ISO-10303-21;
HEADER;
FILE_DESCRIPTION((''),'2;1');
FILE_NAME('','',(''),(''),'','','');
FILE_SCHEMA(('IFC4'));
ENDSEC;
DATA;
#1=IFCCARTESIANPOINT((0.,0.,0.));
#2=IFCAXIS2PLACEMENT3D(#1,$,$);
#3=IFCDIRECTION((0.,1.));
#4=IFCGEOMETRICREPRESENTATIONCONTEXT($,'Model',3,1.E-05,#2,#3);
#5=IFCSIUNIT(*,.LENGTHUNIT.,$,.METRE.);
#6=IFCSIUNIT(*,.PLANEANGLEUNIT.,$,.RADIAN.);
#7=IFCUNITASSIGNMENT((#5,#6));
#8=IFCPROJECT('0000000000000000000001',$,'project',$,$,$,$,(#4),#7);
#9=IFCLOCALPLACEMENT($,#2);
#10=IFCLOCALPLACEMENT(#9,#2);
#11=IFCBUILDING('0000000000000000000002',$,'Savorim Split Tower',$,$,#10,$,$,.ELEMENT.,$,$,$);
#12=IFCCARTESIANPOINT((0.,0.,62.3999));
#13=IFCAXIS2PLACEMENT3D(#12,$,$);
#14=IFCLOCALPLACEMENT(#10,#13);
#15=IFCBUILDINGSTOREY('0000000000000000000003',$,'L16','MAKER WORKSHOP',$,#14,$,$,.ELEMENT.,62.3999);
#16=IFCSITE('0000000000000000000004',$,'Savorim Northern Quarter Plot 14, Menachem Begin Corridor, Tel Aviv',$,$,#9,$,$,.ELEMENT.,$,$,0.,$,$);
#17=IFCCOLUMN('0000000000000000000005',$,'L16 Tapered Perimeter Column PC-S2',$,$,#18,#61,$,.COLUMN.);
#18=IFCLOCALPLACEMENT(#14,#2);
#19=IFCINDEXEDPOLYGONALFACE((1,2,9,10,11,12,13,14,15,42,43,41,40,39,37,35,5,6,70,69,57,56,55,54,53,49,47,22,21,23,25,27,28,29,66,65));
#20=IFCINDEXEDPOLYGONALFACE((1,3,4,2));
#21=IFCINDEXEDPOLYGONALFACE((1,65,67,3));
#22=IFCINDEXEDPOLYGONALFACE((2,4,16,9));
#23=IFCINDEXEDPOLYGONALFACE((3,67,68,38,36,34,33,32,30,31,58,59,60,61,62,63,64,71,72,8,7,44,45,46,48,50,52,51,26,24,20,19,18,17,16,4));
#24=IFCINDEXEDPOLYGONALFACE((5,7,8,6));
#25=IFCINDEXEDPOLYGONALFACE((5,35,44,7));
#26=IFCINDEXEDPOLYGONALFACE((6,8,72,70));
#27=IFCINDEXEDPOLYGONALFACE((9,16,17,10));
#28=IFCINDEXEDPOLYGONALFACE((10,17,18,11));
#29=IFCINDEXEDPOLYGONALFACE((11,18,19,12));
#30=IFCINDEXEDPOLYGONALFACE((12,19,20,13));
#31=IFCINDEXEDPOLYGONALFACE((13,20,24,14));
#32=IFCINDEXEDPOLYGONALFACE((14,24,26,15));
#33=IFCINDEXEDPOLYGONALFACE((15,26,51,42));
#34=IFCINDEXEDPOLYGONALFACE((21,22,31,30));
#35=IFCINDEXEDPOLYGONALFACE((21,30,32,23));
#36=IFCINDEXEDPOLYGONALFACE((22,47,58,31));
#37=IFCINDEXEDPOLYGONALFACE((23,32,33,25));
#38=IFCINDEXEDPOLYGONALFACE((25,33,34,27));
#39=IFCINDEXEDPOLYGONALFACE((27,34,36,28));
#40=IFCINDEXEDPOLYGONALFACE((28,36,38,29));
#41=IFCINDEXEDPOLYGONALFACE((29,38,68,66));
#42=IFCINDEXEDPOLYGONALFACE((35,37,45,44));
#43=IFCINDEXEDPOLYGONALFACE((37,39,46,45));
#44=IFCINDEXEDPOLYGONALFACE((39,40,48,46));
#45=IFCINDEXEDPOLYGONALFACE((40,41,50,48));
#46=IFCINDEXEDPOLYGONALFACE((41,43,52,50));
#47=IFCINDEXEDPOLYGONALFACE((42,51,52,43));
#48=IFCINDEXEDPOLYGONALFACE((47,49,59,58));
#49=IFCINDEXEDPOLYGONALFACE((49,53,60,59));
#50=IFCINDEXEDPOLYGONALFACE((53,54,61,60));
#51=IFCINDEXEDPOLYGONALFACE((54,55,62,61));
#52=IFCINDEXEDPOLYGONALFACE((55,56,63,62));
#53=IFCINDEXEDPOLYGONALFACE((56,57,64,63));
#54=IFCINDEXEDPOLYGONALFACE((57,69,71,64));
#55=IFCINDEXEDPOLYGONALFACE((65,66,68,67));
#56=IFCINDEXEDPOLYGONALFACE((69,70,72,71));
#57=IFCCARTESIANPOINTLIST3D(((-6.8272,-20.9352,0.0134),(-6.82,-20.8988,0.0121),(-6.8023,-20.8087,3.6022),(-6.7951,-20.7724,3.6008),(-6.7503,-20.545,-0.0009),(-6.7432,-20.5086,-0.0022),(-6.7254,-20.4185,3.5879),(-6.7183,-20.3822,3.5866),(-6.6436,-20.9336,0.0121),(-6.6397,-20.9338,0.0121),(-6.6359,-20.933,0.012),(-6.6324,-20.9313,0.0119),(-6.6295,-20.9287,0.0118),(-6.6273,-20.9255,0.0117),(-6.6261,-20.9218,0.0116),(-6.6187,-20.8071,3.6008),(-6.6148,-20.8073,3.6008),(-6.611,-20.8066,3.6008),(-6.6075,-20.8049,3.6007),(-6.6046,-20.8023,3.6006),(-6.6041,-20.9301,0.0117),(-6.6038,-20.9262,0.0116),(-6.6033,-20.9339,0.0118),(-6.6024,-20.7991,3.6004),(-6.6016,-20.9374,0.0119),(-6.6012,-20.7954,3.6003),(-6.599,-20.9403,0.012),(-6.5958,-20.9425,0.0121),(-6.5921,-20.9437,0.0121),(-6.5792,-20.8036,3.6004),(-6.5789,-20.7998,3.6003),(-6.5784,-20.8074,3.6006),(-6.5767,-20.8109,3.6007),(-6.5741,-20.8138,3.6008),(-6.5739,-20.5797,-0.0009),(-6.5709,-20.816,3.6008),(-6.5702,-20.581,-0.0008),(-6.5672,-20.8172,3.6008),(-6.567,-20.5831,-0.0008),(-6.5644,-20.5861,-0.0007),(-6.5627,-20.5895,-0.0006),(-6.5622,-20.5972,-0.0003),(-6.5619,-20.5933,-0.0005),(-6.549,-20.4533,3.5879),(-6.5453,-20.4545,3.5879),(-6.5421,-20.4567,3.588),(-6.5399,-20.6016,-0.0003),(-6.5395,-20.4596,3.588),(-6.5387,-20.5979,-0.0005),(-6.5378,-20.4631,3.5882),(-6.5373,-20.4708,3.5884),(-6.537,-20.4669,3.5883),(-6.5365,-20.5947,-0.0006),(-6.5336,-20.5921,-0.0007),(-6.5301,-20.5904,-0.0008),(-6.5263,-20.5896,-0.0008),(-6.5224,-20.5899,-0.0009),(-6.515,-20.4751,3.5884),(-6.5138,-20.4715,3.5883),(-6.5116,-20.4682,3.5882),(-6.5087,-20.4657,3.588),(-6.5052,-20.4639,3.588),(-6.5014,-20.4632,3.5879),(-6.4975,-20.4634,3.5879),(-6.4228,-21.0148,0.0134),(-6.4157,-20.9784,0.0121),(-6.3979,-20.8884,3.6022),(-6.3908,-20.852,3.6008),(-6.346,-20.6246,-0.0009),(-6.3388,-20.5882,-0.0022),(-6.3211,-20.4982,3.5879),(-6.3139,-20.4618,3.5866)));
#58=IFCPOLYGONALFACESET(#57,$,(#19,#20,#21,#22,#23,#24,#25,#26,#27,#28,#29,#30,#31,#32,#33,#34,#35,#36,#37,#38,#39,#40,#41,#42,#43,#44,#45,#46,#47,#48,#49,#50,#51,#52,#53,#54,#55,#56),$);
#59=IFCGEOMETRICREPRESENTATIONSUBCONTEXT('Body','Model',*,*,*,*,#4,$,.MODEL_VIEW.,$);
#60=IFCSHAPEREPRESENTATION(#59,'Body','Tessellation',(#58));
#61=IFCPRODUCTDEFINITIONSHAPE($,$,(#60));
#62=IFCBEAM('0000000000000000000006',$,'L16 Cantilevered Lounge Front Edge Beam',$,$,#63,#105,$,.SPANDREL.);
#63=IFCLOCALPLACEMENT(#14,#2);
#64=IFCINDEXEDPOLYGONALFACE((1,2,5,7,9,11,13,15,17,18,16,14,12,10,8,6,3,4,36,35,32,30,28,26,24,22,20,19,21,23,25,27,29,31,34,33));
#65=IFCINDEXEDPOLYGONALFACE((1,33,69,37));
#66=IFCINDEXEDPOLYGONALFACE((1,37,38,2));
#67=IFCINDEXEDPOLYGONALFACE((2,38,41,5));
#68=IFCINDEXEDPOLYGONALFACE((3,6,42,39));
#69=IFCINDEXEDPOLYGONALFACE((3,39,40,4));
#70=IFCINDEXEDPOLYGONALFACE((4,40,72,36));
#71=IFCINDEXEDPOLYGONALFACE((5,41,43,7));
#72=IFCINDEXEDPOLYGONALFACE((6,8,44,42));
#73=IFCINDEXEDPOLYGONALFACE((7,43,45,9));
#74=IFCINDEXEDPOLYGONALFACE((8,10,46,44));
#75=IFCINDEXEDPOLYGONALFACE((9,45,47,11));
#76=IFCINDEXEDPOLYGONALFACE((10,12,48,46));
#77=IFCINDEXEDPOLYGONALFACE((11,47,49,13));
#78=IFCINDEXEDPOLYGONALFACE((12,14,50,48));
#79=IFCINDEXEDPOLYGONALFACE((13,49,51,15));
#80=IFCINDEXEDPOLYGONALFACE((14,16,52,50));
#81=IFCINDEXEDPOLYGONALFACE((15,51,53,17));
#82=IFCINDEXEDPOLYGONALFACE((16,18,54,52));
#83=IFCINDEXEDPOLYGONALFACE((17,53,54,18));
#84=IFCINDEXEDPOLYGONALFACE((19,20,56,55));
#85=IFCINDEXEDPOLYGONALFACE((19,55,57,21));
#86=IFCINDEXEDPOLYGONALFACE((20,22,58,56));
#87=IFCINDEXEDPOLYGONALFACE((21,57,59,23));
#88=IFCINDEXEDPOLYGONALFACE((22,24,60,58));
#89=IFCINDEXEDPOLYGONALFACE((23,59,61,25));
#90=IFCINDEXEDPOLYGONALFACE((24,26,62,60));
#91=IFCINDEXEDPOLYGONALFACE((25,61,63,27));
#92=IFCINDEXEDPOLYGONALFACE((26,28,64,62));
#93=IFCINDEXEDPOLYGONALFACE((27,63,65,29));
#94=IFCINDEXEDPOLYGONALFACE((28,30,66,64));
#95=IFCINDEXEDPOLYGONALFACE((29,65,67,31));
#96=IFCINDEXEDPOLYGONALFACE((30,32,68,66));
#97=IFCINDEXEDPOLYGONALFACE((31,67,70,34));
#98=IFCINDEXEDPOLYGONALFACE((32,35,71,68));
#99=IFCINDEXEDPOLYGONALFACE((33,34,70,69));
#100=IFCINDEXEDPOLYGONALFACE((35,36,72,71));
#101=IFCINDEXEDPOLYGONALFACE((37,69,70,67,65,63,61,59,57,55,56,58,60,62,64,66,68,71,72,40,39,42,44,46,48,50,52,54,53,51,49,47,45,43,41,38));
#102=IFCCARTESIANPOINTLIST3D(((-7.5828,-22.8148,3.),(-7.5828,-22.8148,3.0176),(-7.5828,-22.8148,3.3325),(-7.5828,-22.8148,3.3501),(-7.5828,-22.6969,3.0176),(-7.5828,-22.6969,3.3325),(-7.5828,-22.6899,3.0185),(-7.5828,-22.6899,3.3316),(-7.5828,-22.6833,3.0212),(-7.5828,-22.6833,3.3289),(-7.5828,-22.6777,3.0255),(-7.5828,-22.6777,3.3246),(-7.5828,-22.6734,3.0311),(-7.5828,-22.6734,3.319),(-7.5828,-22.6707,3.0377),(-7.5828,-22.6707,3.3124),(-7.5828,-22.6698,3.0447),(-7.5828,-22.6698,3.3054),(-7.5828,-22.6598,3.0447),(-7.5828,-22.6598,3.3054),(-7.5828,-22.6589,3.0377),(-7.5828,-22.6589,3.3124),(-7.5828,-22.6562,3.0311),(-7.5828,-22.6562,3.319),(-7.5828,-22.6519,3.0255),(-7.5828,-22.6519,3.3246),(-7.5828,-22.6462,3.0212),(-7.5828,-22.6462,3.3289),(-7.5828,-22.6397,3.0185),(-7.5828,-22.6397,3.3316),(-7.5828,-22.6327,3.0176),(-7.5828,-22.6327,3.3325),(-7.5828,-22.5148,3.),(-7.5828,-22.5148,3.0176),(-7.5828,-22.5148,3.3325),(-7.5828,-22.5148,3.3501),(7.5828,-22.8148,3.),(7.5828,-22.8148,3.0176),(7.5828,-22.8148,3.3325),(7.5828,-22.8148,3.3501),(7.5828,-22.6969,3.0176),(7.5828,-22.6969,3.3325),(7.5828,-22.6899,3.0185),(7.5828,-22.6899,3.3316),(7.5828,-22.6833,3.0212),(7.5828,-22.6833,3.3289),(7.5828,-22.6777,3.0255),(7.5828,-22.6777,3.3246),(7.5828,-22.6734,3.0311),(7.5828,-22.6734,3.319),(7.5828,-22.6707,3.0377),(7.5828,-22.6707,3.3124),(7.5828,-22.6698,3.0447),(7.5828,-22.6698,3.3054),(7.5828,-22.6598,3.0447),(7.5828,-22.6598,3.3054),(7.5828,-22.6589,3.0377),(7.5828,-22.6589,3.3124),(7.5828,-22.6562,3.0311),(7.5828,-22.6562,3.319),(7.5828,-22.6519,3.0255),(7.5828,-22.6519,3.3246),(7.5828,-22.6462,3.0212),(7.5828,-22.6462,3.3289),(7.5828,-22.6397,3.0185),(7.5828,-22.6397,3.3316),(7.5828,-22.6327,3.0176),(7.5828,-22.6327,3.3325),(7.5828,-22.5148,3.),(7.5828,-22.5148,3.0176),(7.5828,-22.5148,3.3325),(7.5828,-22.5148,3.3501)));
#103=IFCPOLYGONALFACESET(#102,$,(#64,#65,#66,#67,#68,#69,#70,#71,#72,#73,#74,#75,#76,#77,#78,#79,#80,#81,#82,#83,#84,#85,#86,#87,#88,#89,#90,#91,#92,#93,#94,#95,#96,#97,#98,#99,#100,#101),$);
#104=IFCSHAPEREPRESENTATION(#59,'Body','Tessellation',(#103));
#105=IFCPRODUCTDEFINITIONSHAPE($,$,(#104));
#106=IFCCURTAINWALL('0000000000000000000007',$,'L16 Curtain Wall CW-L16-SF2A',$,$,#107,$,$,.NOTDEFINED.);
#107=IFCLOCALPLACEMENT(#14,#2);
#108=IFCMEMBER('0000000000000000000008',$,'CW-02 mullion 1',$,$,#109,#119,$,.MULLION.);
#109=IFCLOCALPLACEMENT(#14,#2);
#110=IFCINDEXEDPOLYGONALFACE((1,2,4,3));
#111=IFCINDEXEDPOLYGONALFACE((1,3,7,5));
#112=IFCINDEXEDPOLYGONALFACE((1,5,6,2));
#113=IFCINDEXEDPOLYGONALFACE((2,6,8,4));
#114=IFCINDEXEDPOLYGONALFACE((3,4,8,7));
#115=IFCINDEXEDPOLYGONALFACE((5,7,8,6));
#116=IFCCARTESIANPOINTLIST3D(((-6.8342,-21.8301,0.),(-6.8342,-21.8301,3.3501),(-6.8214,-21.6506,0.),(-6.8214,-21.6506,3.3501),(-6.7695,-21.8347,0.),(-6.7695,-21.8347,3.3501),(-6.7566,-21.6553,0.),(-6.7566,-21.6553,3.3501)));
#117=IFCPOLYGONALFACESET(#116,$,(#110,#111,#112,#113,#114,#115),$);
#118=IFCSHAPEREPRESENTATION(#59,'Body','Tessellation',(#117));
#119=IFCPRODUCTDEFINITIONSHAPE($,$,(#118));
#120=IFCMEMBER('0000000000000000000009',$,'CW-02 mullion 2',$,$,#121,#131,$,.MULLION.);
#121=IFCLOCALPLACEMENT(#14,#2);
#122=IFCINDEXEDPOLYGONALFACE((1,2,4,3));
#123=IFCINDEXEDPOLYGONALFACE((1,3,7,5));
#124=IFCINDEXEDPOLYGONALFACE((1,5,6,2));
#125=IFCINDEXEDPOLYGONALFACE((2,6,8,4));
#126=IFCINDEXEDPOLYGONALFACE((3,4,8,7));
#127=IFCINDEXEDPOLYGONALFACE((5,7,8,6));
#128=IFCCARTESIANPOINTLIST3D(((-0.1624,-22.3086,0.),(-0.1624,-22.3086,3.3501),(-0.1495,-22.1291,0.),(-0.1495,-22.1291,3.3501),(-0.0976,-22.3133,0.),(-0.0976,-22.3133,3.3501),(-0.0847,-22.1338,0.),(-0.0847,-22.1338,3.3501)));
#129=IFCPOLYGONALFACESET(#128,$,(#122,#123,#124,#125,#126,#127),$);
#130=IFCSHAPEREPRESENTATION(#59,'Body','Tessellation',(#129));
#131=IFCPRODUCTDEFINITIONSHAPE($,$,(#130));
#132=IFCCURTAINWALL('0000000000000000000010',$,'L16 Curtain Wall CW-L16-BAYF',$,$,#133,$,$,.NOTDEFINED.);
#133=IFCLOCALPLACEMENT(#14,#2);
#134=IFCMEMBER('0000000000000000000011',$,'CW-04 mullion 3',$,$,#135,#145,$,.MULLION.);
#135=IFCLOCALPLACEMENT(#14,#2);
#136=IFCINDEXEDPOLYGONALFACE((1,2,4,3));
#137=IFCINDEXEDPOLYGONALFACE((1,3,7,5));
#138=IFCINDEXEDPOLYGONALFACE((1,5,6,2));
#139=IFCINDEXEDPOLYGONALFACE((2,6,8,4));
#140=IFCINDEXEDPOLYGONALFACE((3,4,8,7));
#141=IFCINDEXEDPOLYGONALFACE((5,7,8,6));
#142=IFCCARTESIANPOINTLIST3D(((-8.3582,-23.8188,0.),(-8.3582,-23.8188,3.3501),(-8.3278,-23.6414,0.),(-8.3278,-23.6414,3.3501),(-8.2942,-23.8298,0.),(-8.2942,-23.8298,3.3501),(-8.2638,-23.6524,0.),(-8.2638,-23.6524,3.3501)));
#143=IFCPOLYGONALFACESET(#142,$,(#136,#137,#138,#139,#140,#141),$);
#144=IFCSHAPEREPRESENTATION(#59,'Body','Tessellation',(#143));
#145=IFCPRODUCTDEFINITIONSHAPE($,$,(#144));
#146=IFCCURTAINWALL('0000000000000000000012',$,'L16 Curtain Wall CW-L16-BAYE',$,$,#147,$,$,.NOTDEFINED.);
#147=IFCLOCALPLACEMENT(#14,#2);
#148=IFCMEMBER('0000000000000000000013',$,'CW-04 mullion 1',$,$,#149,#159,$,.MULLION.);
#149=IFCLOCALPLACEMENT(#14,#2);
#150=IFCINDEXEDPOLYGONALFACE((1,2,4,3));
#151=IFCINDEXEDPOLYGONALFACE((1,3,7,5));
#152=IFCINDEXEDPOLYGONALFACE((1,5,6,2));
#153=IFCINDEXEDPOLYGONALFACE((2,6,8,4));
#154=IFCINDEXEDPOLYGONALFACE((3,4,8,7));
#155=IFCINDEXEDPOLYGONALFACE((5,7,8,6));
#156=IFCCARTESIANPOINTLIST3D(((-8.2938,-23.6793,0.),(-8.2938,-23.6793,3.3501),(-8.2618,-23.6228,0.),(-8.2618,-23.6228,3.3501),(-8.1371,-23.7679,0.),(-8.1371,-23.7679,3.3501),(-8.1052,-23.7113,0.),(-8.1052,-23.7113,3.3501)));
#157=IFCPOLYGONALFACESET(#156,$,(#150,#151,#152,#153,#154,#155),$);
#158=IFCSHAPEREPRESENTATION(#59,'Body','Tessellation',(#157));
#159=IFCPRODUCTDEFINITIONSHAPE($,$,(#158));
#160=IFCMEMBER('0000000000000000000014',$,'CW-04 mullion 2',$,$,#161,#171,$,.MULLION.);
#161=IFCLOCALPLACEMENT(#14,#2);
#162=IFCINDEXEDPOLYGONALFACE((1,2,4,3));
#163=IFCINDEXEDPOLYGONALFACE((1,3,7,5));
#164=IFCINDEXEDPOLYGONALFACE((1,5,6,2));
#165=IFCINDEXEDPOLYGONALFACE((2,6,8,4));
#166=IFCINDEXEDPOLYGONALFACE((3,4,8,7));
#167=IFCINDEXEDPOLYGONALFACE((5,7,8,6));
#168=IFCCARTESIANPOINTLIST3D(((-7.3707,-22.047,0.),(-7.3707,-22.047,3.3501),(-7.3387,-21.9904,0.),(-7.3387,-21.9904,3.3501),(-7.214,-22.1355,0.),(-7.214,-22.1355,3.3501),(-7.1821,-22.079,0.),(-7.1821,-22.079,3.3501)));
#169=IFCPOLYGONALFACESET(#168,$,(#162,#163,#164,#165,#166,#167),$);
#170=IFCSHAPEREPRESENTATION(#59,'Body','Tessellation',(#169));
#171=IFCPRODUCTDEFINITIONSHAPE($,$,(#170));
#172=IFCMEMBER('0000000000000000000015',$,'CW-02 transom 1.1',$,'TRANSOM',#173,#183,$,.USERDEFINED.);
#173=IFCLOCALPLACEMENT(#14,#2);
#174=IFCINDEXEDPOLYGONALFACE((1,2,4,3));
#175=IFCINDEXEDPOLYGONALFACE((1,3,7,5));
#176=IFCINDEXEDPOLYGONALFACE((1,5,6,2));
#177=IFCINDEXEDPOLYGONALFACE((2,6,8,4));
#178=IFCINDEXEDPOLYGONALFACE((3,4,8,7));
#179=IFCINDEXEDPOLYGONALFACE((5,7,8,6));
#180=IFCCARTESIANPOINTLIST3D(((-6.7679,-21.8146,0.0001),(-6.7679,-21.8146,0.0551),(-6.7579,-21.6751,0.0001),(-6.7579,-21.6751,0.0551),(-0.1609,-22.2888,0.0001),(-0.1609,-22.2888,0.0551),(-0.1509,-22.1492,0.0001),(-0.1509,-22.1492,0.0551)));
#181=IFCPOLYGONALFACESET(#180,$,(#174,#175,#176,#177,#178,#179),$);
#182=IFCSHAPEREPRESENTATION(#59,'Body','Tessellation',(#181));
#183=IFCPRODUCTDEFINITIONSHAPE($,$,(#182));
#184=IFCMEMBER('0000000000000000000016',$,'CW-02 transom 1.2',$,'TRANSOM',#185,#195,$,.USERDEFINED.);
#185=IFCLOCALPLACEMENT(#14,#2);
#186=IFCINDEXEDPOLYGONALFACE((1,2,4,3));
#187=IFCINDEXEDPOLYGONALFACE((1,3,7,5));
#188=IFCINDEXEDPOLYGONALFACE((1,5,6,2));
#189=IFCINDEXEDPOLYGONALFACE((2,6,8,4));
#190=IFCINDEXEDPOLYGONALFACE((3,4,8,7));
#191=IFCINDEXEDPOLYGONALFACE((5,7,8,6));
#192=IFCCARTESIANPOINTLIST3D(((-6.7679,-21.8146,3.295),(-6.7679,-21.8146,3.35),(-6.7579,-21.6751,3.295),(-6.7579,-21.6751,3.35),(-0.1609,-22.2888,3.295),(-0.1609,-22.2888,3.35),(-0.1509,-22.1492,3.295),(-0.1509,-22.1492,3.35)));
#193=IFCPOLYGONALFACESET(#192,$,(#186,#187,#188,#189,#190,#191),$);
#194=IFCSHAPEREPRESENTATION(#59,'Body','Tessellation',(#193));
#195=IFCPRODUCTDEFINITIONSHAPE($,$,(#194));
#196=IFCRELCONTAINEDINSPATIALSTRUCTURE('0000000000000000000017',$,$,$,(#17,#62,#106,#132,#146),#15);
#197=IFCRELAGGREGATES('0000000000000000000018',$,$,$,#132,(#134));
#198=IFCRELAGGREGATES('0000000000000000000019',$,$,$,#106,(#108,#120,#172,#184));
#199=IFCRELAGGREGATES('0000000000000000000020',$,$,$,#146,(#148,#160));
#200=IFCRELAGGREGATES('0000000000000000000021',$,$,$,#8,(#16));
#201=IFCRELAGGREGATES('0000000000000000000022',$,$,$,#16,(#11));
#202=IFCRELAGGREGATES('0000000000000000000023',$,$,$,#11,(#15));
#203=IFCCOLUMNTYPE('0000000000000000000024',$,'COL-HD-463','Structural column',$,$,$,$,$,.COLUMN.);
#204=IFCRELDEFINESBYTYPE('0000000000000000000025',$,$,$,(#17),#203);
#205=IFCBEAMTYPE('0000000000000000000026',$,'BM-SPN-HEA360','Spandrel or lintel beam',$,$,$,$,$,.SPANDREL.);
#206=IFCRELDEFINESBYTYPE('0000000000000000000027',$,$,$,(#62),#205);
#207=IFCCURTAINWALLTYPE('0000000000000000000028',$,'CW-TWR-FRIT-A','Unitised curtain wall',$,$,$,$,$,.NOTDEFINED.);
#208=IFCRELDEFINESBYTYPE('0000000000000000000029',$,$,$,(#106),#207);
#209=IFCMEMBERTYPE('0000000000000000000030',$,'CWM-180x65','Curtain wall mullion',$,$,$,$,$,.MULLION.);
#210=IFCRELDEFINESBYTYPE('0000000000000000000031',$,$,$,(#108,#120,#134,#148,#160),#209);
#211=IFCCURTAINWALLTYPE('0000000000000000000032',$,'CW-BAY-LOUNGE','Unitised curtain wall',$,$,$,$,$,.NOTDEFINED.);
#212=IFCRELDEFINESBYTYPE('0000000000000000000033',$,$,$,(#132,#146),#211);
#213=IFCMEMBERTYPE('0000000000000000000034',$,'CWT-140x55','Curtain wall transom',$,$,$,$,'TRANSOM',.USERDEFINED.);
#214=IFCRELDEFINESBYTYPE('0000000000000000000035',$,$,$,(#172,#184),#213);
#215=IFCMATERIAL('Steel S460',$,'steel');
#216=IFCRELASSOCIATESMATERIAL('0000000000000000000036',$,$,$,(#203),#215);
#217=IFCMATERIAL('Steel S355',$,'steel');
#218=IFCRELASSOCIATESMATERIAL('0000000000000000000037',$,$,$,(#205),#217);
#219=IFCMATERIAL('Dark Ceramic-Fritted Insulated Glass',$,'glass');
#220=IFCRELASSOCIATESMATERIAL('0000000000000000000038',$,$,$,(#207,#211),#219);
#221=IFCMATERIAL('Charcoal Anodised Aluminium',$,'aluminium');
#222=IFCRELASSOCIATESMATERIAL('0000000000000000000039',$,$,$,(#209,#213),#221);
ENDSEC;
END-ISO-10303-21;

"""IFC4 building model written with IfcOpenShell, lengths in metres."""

from ifc_helpers import new_model, si_unit, direction, frame, origin, origin_2d, place, context, subcontext, project, spatial, rectangle, i_section, extrude, material, material_profile, profile_set, type_object, element, aggregate, save


model = new_model("IFC4")

# Units and contexts
model_context = context("Model", 3, precision=1e-05, world=origin(), true_north=direction((0.0, 1.0)))
body_context = subcontext(model_context, "Body", "Model", "MODEL_VIEW")
ifc_project = project(units=[si_unit("LENGTHUNIT", "METRE"), si_unit("PLANEANGLEUNIT", "RADIAN")], contexts=[model_context])

# Site, building, storey
site_placement = place(None, origin())
site = spatial("IfcSite", under=ifc_project, at=site_placement, Name="Savorim Northern Quarter Plot 14, Menachem Begin Corridor, Tel Aviv", CompositionType="ELEMENT", RefElevation=0.0)
building_placement = place(site_placement, origin())
building = spatial("IfcBuilding", under=site, at=building_placement, Name="Savorim Split Tower", CompositionType="ELEMENT")
storey_placement = place(building_placement, frame((0.0, 0.0, 62.3999)))
storey = spatial("IfcBuildingStorey", under=building, at=storey_placement, Name="L16", Description="MAKER WORKSHOP", CompositionType="ELEMENT", Elevation=62.3999)

# Column
ifc_material_1 = material(Name="Steel S460", Category="steel")
ifc_material_profile_1 = material_profile(ifc_material_1, i_section(OverallWidth=0.4121, OverallDepth=0.4351, WebThickness=0.0227, FlangeThickness=0.0371, FilletRadius=0.0149, at=origin_2d()), Name="HD 400x463")
ifc_profile_set_1 = profile_set([ifc_material_profile_1], Name="Steel S460")
column_type = type_object("IfcColumnType", Name="COL-HD-463", Description="Structural column", PredefinedType="COLUMN", material=ifc_profile_set_1)
column_placement = place(storey_placement, frame((-6.583, -20.7617, 0.0056), z_axis=(0.006934, 0.035215, 0.999356), x_axis=(-0.981159, 0.193201, 0.0)))
element("IfcColumn", 1, at=column_placement, inside=storey, type_object=column_type, Name="L16 Tapered Perimeter Column PC-S2", PredefinedType="COLUMN", context=body_context, shape_type="SweptSolid", body=[
    extrude(i_section(OverallWidth=0.4121, OverallDepth=0.4351, WebThickness=0.0227, FlangeThickness=0.0371, FilletRadius=0.0149, at=origin_2d()), origin(), (0.0, 0.0, 1.0), 3.5911),
])

# Beam
ifc_material_2 = material(Name="Steel S355", Category="steel")
ifc_material_profile_2 = material_profile(ifc_material_2, i_section(OverallWidth=0.3, OverallDepth=0.3501, WebThickness=0.01, FlangeThickness=0.0176, FilletRadius=0.0271, at=origin_2d()), Name="HEA 360")
ifc_profile_set_2 = profile_set([ifc_material_profile_2], Name="Steel S355")
beam_type = type_object("IfcBeamType", Name="BM-SPN-HEA360", Description="Spandrel or lintel beam", PredefinedType="SPANDREL", material=ifc_profile_set_2)
beam_placement = place(storey_placement, frame((-7.5828, -22.6648, 3.175), z_axis=(1.0, 0.0, 0.0), x_axis=(0.0, 1.0, 0.0)))
element("IfcBeam", 2, at=beam_placement, inside=storey, type_object=beam_type, Name="L16 Cantilevered Lounge Front Edge Beam", PredefinedType="SPANDREL", context=body_context, shape_type="SweptSolid", body=[
    extrude(i_section(OverallWidth=0.3, OverallDepth=0.3501, WebThickness=0.01, FlangeThickness=0.0176, FilletRadius=0.0271, at=origin_2d()), origin(), (0.0, 0.0, 1.0), 15.1655),
])

# Curtain wall, members
ifc_material_3 = material(Name="Dark Ceramic-Fritted Insulated Glass", Category="glass")
curtain_wall_type_1 = type_object("IfcCurtainWallType", Name="CW-TWR-FRIT-A", Description="Unitised curtain wall", PredefinedType="NOTDEFINED", material=ifc_material_3)
curtain_wall_1_placement = place(storey_placement, origin())
curtain_wall_1 = element("IfcCurtainWall", 3, at=curtain_wall_1_placement, inside=storey, type_object=curtain_wall_type_1, Name="L16 Curtain Wall CW-L16-SF2A", PredefinedType="NOTDEFINED")
ifc_material_4 = material(Name="Charcoal Anodised Aluminium", Category="aluminium")
ifc_material_profile_3 = material_profile(ifc_material_4, rectangle(XDim=0.1799, YDim=0.0649, at=origin_2d()), Name="ALU-M 180x65")
ifc_profile_set_3 = profile_set([ifc_material_profile_3], Name="Charcoal Anodised Aluminium")
member_type_1 = type_object("IfcMemberType", Name="CWM-180x65", Description="Curtain wall mullion", PredefinedType="MULLION", material=ifc_profile_set_3)
member_1_placement = place(storey_placement, frame((-6.7954, -21.7427, 0.0), z_axis=(0.0, 0.0, 1.0), x_axis=(0.071559, 0.997436, 0.0)))
member_1 = element("IfcMember", 4, at=member_1_placement, type_object=member_type_1, Name="CW-02 mullion 1", PredefinedType="MULLION", context=body_context, shape_type="SweptSolid", body=[
    extrude(rectangle(XDim=0.1799, YDim=0.0649, at=origin_2d()), origin(), (0.0, 0.0, 1.0), 3.3501),
])
member_2_placement = place(storey_placement, frame((-0.1235, -22.2212, 0.0), z_axis=(0.0, 0.0, 1.0), x_axis=(0.071559, 0.997436, 0.0)))
member_2 = element("IfcMember", 5, at=member_2_placement, type_object=member_type_1, Name="CW-02 mullion 2", PredefinedType="MULLION", context=body_context, shape_type="SweptSolid", body=[
    extrude(rectangle(XDim=0.1799, YDim=0.0649, at=origin_2d()), origin(), (0.0, 0.0, 1.0), 3.3501),
])

# Curtain wall, member
curtain_wall_type_2 = type_object("IfcCurtainWallType", Name="CW-BAY-LOUNGE", Description="Unitised curtain wall", PredefinedType="NOTDEFINED", material=ifc_material_3)
curtain_wall_2_placement = place(storey_placement, origin())
curtain_wall_2 = element("IfcCurtainWall", 6, at=curtain_wall_2_placement, inside=storey, type_object=curtain_wall_type_2, Name="L16 Curtain Wall CW-L16-BAYF", PredefinedType="NOTDEFINED")
member_3_placement = place(storey_placement, frame((-8.311, -23.7356, 0.0), z_axis=(0.0, 0.0, 1.0), x_axis=(0.168923, 0.985629, 0.0)))
member_3 = element("IfcMember", 7, at=member_3_placement, type_object=member_type_1, Name="CW-04 mullion 3", PredefinedType="MULLION", context=body_context, shape_type="SweptSolid", body=[
    extrude(rectangle(XDim=0.1799, YDim=0.0649, at=origin_2d()), origin(), (0.0, 0.0, 1.0), 3.3501),
])
aggregate(curtain_wall_2, [member_3])

# Curtain wall, members
curtain_wall_3_placement = place(storey_placement, origin())
curtain_wall_3 = element("IfcCurtainWall", 8, at=curtain_wall_3_placement, inside=storey, type_object=curtain_wall_type_2, Name="L16 Curtain Wall CW-L16-BAYE", PredefinedType="NOTDEFINED")
member_4_placement = place(storey_placement, frame((-8.1995, -23.6953, 0.0), z_axis=(0.0, 0.0, 1.0), x_axis=(-0.870449, 0.492259, 0.0)))
member_4 = element("IfcMember", 9, at=member_4_placement, type_object=member_type_1, Name="CW-04 mullion 1", PredefinedType="MULLION", context=body_context, shape_type="SweptSolid", body=[
    extrude(rectangle(XDim=0.1799, YDim=0.0649, at=origin_2d()), origin(), (0.0, 0.0, 1.0), 3.3501),
])
member_5_placement = place(storey_placement, frame((-7.2764, -22.063, 0.0), z_axis=(0.0, 0.0, 1.0), x_axis=(-0.870449, 0.492259, 0.0)))
member_5 = element("IfcMember", 10, at=member_5_placement, type_object=member_type_1, Name="CW-04 mullion 2", PredefinedType="MULLION", context=body_context, shape_type="SweptSolid", body=[
    extrude(rectangle(XDim=0.1799, YDim=0.0649, at=origin_2d()), origin(), (0.0, 0.0, 1.0), 3.3501),
])

# Members
ifc_material_profile_4 = material_profile(ifc_material_4, rectangle(XDim=0.1399, YDim=0.0549, at=origin_2d()), Name="ALU-T 140x55")
ifc_profile_set_4 = profile_set([ifc_material_profile_4], Name="Charcoal Anodised Aluminium")
member_type_2 = type_object("IfcMemberType", Name="CWT-140x55", Description="Curtain wall transom", ElementType="TRANSOM", PredefinedType="USERDEFINED", material=ifc_profile_set_4)
member_6_placement = place(storey_placement, frame((-6.7629, -21.7449, 0.0276), z_axis=(0.997435, -0.071577, 0.0), x_axis=(0.071577, 0.997435, 0.0)))
member_6 = element("IfcMember", 11, at=member_6_placement, type_object=member_type_2, Name="CW-02 transom 1.1", ObjectType="TRANSOM", PredefinedType="USERDEFINED", context=body_context, shape_type="SweptSolid", body=[
    extrude(rectangle(XDim=0.1399, YDim=0.0549, at=origin_2d()), origin(), (0.0, 0.0, 1.0), 6.624),
])
member_7_placement = place(storey_placement, frame((-6.7629, -21.7449, 3.3225), z_axis=(0.997435, -0.071577, 0.0), x_axis=(0.071577, 0.997435, 0.0)))
member_7 = element("IfcMember", 12, at=member_7_placement, type_object=member_type_2, Name="CW-02 transom 1.2", ObjectType="TRANSOM", PredefinedType="USERDEFINED", context=body_context, shape_type="SweptSolid", body=[
    extrude(rectangle(XDim=0.1399, YDim=0.0549, at=origin_2d()), origin(), (0.0, 0.0, 1.0), 6.624),
])

aggregate(curtain_wall_1, [member_1, member_2, member_6, member_7])
aggregate(curtain_wall_3, [member_4, member_5])

save(model, "model.ifc")
